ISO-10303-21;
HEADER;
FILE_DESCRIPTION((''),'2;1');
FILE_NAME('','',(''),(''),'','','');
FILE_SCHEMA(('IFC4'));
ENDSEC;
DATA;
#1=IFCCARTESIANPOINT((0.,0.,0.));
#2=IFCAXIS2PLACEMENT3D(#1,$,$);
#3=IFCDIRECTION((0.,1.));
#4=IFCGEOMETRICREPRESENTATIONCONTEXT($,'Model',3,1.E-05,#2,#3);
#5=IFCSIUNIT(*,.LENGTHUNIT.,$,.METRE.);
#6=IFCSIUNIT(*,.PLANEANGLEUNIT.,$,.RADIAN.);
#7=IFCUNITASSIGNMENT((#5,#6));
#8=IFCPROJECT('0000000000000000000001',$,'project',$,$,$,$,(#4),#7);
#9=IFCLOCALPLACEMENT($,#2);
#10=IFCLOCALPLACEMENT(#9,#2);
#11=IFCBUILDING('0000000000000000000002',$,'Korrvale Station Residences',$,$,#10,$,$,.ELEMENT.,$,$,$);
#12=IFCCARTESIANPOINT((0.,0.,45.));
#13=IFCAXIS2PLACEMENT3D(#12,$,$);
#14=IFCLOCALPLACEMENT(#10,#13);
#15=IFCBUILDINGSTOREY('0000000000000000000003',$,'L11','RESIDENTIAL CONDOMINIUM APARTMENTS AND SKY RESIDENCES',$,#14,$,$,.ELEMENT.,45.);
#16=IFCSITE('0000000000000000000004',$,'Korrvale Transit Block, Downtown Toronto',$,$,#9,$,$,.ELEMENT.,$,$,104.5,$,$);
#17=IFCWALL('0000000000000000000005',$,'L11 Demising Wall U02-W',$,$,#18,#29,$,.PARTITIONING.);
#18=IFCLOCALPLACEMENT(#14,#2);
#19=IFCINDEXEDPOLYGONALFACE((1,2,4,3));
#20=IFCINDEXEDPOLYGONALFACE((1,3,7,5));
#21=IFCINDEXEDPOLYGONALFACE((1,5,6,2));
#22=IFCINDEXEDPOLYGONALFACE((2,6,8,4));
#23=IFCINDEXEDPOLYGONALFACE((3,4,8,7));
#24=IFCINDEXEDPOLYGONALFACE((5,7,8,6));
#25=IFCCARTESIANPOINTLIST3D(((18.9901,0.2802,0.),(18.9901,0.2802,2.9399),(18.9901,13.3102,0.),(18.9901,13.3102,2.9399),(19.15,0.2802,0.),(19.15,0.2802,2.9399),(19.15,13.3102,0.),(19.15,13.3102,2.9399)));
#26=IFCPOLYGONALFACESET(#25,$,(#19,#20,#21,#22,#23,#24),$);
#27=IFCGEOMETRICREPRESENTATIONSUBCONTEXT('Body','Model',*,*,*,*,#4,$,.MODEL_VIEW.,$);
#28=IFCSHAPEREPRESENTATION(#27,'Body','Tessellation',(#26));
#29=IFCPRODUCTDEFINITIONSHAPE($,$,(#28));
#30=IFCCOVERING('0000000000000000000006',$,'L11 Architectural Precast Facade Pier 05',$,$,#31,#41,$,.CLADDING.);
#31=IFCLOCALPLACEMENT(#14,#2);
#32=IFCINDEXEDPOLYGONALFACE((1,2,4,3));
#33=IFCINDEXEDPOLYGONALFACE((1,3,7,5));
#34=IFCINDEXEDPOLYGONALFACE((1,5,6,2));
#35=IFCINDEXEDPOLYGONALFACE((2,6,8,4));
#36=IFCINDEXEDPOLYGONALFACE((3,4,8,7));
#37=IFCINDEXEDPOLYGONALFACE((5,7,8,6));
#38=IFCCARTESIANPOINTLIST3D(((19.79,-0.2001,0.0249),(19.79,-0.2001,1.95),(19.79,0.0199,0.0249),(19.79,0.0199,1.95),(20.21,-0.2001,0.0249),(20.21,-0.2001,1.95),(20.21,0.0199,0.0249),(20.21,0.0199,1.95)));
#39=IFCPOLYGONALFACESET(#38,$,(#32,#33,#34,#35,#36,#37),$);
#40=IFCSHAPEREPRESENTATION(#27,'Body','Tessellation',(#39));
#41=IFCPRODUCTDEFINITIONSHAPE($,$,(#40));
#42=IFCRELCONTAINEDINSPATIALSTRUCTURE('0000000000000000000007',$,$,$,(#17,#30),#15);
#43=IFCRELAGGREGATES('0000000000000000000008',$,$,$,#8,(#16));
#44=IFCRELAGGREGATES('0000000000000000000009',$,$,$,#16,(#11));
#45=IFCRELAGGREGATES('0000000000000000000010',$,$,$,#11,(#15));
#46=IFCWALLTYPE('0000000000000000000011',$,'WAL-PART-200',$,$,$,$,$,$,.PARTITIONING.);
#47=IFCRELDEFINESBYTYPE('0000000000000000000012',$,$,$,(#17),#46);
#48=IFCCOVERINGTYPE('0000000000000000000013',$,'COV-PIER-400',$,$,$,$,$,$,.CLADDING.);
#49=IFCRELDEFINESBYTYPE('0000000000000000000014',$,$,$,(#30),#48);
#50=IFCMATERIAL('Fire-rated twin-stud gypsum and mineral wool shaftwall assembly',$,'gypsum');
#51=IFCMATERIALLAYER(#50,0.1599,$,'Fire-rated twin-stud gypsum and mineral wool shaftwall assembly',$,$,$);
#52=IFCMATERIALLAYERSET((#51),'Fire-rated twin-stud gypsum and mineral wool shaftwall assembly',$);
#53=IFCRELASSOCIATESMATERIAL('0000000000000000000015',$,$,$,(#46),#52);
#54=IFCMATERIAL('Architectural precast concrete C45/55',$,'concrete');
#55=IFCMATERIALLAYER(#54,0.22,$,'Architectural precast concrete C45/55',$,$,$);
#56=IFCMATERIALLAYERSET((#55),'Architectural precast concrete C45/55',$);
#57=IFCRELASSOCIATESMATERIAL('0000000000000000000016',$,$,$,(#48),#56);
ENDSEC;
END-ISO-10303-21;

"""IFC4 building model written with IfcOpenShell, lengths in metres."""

from ifc_helpers import new_model, si_unit, direction, frame, frame_2d, origin, origin_2d, place, context, subcontext, project, spatial, rectangle, extrude, material, layer, layer_set, type_object, element, save


model = new_model("IFC4")

# Units and contexts
model_context = context("Model", 3, precision=1e-05, world=origin(), true_north=direction((0.0, 1.0)))
body_context = subcontext(model_context, "Body", "Model", "MODEL_VIEW")
ifc_project = project(units=[si_unit("LENGTHUNIT", "METRE"), si_unit("PLANEANGLEUNIT", "RADIAN")], contexts=[model_context])

# Site, building, storey
site_placement = place(None, origin())
site = spatial("IfcSite", under=ifc_project, at=site_placement, Name="Korrvale Transit Block, Downtown Toronto", CompositionType="ELEMENT", RefElevation=104.5)
building_placement = place(site_placement, origin())
building = spatial("IfcBuilding", under=site, at=building_placement, Name="Korrvale Station Residences", CompositionType="ELEMENT")
storey_placement = place(building_placement, frame((0.0, 0.0, 45.0)))
storey = spatial("IfcBuildingStorey", under=building, at=storey_placement, Name="L11", Description="RESIDENTIAL CONDOMINIUM APARTMENTS AND SKY RESIDENCES", CompositionType="ELEMENT", Elevation=45.0)

# Wall
ifc_material_1 = material(Name="Fire-rated twin-stud gypsum and mineral wool shaftwall assembly", Category="gypsum")
ifc_layer_1 = layer(ifc_material_1, 0.1599, Name="Fire-rated twin-stud gypsum and mineral wool shaftwall assembly")
ifc_layer_set_1 = layer_set([ifc_layer_1], Name="Fire-rated twin-stud gypsum and mineral wool shaftwall assembly")
wall_type_1 = type_object("IfcWallType", Name="WAL-PART-200", PredefinedType="PARTITIONING", material=ifc_layer_set_1)
wall_1_placement = place(storey_placement, frame((19.0701, 0.28, 0.0), z_axis=(0.0, 0.0, 1.0), x_axis=(0.0, 1.0, 0.0)))
element("IfcWall", 1, at=wall_1_placement, inside=storey, type_object=wall_type_1, Name="L11 Demising Wall U02-W", PredefinedType="PARTITIONING", context=body_context, shape_type="SweptSolid", body=[
    extrude(rectangle(XDim=13.03, YDim=0.1599, at=frame_2d((6.5151, 0.0))), origin(), (0.0, 0.0, 1.0), 2.9399),
])

# Covering
ifc_material_2 = material(Name="Architectural precast concrete C45/55", Category="concrete")
ifc_layer_2 = layer(ifc_material_2, 0.22, Name="Architectural precast concrete C45/55")
ifc_layer_set_2 = layer_set([ifc_layer_2], Name="Architectural precast concrete C45/55")
covering_type = type_object("IfcCoveringType", Name="COV-PIER-400", PredefinedType="CLADDING", material=ifc_layer_set_2)
covering_placement = place(storey_placement, frame((20.0, -0.0901, 0.0249), z_axis=(0.0, 0.0, 1.0), x_axis=(1.0, 0.0, 0.0)))
element("IfcCovering", 2, at=covering_placement, inside=storey, type_object=covering_type, Name="L11 Architectural Precast Facade Pier 05", PredefinedType="CLADDING", context=body_context, shape_type="SweptSolid", body=[
    extrude(rectangle(XDim=0.4199, YDim=0.22, at=origin_2d()), origin(), (0.0, 0.0, 1.0), 1.925),
])

save(model, "model.ifc")
